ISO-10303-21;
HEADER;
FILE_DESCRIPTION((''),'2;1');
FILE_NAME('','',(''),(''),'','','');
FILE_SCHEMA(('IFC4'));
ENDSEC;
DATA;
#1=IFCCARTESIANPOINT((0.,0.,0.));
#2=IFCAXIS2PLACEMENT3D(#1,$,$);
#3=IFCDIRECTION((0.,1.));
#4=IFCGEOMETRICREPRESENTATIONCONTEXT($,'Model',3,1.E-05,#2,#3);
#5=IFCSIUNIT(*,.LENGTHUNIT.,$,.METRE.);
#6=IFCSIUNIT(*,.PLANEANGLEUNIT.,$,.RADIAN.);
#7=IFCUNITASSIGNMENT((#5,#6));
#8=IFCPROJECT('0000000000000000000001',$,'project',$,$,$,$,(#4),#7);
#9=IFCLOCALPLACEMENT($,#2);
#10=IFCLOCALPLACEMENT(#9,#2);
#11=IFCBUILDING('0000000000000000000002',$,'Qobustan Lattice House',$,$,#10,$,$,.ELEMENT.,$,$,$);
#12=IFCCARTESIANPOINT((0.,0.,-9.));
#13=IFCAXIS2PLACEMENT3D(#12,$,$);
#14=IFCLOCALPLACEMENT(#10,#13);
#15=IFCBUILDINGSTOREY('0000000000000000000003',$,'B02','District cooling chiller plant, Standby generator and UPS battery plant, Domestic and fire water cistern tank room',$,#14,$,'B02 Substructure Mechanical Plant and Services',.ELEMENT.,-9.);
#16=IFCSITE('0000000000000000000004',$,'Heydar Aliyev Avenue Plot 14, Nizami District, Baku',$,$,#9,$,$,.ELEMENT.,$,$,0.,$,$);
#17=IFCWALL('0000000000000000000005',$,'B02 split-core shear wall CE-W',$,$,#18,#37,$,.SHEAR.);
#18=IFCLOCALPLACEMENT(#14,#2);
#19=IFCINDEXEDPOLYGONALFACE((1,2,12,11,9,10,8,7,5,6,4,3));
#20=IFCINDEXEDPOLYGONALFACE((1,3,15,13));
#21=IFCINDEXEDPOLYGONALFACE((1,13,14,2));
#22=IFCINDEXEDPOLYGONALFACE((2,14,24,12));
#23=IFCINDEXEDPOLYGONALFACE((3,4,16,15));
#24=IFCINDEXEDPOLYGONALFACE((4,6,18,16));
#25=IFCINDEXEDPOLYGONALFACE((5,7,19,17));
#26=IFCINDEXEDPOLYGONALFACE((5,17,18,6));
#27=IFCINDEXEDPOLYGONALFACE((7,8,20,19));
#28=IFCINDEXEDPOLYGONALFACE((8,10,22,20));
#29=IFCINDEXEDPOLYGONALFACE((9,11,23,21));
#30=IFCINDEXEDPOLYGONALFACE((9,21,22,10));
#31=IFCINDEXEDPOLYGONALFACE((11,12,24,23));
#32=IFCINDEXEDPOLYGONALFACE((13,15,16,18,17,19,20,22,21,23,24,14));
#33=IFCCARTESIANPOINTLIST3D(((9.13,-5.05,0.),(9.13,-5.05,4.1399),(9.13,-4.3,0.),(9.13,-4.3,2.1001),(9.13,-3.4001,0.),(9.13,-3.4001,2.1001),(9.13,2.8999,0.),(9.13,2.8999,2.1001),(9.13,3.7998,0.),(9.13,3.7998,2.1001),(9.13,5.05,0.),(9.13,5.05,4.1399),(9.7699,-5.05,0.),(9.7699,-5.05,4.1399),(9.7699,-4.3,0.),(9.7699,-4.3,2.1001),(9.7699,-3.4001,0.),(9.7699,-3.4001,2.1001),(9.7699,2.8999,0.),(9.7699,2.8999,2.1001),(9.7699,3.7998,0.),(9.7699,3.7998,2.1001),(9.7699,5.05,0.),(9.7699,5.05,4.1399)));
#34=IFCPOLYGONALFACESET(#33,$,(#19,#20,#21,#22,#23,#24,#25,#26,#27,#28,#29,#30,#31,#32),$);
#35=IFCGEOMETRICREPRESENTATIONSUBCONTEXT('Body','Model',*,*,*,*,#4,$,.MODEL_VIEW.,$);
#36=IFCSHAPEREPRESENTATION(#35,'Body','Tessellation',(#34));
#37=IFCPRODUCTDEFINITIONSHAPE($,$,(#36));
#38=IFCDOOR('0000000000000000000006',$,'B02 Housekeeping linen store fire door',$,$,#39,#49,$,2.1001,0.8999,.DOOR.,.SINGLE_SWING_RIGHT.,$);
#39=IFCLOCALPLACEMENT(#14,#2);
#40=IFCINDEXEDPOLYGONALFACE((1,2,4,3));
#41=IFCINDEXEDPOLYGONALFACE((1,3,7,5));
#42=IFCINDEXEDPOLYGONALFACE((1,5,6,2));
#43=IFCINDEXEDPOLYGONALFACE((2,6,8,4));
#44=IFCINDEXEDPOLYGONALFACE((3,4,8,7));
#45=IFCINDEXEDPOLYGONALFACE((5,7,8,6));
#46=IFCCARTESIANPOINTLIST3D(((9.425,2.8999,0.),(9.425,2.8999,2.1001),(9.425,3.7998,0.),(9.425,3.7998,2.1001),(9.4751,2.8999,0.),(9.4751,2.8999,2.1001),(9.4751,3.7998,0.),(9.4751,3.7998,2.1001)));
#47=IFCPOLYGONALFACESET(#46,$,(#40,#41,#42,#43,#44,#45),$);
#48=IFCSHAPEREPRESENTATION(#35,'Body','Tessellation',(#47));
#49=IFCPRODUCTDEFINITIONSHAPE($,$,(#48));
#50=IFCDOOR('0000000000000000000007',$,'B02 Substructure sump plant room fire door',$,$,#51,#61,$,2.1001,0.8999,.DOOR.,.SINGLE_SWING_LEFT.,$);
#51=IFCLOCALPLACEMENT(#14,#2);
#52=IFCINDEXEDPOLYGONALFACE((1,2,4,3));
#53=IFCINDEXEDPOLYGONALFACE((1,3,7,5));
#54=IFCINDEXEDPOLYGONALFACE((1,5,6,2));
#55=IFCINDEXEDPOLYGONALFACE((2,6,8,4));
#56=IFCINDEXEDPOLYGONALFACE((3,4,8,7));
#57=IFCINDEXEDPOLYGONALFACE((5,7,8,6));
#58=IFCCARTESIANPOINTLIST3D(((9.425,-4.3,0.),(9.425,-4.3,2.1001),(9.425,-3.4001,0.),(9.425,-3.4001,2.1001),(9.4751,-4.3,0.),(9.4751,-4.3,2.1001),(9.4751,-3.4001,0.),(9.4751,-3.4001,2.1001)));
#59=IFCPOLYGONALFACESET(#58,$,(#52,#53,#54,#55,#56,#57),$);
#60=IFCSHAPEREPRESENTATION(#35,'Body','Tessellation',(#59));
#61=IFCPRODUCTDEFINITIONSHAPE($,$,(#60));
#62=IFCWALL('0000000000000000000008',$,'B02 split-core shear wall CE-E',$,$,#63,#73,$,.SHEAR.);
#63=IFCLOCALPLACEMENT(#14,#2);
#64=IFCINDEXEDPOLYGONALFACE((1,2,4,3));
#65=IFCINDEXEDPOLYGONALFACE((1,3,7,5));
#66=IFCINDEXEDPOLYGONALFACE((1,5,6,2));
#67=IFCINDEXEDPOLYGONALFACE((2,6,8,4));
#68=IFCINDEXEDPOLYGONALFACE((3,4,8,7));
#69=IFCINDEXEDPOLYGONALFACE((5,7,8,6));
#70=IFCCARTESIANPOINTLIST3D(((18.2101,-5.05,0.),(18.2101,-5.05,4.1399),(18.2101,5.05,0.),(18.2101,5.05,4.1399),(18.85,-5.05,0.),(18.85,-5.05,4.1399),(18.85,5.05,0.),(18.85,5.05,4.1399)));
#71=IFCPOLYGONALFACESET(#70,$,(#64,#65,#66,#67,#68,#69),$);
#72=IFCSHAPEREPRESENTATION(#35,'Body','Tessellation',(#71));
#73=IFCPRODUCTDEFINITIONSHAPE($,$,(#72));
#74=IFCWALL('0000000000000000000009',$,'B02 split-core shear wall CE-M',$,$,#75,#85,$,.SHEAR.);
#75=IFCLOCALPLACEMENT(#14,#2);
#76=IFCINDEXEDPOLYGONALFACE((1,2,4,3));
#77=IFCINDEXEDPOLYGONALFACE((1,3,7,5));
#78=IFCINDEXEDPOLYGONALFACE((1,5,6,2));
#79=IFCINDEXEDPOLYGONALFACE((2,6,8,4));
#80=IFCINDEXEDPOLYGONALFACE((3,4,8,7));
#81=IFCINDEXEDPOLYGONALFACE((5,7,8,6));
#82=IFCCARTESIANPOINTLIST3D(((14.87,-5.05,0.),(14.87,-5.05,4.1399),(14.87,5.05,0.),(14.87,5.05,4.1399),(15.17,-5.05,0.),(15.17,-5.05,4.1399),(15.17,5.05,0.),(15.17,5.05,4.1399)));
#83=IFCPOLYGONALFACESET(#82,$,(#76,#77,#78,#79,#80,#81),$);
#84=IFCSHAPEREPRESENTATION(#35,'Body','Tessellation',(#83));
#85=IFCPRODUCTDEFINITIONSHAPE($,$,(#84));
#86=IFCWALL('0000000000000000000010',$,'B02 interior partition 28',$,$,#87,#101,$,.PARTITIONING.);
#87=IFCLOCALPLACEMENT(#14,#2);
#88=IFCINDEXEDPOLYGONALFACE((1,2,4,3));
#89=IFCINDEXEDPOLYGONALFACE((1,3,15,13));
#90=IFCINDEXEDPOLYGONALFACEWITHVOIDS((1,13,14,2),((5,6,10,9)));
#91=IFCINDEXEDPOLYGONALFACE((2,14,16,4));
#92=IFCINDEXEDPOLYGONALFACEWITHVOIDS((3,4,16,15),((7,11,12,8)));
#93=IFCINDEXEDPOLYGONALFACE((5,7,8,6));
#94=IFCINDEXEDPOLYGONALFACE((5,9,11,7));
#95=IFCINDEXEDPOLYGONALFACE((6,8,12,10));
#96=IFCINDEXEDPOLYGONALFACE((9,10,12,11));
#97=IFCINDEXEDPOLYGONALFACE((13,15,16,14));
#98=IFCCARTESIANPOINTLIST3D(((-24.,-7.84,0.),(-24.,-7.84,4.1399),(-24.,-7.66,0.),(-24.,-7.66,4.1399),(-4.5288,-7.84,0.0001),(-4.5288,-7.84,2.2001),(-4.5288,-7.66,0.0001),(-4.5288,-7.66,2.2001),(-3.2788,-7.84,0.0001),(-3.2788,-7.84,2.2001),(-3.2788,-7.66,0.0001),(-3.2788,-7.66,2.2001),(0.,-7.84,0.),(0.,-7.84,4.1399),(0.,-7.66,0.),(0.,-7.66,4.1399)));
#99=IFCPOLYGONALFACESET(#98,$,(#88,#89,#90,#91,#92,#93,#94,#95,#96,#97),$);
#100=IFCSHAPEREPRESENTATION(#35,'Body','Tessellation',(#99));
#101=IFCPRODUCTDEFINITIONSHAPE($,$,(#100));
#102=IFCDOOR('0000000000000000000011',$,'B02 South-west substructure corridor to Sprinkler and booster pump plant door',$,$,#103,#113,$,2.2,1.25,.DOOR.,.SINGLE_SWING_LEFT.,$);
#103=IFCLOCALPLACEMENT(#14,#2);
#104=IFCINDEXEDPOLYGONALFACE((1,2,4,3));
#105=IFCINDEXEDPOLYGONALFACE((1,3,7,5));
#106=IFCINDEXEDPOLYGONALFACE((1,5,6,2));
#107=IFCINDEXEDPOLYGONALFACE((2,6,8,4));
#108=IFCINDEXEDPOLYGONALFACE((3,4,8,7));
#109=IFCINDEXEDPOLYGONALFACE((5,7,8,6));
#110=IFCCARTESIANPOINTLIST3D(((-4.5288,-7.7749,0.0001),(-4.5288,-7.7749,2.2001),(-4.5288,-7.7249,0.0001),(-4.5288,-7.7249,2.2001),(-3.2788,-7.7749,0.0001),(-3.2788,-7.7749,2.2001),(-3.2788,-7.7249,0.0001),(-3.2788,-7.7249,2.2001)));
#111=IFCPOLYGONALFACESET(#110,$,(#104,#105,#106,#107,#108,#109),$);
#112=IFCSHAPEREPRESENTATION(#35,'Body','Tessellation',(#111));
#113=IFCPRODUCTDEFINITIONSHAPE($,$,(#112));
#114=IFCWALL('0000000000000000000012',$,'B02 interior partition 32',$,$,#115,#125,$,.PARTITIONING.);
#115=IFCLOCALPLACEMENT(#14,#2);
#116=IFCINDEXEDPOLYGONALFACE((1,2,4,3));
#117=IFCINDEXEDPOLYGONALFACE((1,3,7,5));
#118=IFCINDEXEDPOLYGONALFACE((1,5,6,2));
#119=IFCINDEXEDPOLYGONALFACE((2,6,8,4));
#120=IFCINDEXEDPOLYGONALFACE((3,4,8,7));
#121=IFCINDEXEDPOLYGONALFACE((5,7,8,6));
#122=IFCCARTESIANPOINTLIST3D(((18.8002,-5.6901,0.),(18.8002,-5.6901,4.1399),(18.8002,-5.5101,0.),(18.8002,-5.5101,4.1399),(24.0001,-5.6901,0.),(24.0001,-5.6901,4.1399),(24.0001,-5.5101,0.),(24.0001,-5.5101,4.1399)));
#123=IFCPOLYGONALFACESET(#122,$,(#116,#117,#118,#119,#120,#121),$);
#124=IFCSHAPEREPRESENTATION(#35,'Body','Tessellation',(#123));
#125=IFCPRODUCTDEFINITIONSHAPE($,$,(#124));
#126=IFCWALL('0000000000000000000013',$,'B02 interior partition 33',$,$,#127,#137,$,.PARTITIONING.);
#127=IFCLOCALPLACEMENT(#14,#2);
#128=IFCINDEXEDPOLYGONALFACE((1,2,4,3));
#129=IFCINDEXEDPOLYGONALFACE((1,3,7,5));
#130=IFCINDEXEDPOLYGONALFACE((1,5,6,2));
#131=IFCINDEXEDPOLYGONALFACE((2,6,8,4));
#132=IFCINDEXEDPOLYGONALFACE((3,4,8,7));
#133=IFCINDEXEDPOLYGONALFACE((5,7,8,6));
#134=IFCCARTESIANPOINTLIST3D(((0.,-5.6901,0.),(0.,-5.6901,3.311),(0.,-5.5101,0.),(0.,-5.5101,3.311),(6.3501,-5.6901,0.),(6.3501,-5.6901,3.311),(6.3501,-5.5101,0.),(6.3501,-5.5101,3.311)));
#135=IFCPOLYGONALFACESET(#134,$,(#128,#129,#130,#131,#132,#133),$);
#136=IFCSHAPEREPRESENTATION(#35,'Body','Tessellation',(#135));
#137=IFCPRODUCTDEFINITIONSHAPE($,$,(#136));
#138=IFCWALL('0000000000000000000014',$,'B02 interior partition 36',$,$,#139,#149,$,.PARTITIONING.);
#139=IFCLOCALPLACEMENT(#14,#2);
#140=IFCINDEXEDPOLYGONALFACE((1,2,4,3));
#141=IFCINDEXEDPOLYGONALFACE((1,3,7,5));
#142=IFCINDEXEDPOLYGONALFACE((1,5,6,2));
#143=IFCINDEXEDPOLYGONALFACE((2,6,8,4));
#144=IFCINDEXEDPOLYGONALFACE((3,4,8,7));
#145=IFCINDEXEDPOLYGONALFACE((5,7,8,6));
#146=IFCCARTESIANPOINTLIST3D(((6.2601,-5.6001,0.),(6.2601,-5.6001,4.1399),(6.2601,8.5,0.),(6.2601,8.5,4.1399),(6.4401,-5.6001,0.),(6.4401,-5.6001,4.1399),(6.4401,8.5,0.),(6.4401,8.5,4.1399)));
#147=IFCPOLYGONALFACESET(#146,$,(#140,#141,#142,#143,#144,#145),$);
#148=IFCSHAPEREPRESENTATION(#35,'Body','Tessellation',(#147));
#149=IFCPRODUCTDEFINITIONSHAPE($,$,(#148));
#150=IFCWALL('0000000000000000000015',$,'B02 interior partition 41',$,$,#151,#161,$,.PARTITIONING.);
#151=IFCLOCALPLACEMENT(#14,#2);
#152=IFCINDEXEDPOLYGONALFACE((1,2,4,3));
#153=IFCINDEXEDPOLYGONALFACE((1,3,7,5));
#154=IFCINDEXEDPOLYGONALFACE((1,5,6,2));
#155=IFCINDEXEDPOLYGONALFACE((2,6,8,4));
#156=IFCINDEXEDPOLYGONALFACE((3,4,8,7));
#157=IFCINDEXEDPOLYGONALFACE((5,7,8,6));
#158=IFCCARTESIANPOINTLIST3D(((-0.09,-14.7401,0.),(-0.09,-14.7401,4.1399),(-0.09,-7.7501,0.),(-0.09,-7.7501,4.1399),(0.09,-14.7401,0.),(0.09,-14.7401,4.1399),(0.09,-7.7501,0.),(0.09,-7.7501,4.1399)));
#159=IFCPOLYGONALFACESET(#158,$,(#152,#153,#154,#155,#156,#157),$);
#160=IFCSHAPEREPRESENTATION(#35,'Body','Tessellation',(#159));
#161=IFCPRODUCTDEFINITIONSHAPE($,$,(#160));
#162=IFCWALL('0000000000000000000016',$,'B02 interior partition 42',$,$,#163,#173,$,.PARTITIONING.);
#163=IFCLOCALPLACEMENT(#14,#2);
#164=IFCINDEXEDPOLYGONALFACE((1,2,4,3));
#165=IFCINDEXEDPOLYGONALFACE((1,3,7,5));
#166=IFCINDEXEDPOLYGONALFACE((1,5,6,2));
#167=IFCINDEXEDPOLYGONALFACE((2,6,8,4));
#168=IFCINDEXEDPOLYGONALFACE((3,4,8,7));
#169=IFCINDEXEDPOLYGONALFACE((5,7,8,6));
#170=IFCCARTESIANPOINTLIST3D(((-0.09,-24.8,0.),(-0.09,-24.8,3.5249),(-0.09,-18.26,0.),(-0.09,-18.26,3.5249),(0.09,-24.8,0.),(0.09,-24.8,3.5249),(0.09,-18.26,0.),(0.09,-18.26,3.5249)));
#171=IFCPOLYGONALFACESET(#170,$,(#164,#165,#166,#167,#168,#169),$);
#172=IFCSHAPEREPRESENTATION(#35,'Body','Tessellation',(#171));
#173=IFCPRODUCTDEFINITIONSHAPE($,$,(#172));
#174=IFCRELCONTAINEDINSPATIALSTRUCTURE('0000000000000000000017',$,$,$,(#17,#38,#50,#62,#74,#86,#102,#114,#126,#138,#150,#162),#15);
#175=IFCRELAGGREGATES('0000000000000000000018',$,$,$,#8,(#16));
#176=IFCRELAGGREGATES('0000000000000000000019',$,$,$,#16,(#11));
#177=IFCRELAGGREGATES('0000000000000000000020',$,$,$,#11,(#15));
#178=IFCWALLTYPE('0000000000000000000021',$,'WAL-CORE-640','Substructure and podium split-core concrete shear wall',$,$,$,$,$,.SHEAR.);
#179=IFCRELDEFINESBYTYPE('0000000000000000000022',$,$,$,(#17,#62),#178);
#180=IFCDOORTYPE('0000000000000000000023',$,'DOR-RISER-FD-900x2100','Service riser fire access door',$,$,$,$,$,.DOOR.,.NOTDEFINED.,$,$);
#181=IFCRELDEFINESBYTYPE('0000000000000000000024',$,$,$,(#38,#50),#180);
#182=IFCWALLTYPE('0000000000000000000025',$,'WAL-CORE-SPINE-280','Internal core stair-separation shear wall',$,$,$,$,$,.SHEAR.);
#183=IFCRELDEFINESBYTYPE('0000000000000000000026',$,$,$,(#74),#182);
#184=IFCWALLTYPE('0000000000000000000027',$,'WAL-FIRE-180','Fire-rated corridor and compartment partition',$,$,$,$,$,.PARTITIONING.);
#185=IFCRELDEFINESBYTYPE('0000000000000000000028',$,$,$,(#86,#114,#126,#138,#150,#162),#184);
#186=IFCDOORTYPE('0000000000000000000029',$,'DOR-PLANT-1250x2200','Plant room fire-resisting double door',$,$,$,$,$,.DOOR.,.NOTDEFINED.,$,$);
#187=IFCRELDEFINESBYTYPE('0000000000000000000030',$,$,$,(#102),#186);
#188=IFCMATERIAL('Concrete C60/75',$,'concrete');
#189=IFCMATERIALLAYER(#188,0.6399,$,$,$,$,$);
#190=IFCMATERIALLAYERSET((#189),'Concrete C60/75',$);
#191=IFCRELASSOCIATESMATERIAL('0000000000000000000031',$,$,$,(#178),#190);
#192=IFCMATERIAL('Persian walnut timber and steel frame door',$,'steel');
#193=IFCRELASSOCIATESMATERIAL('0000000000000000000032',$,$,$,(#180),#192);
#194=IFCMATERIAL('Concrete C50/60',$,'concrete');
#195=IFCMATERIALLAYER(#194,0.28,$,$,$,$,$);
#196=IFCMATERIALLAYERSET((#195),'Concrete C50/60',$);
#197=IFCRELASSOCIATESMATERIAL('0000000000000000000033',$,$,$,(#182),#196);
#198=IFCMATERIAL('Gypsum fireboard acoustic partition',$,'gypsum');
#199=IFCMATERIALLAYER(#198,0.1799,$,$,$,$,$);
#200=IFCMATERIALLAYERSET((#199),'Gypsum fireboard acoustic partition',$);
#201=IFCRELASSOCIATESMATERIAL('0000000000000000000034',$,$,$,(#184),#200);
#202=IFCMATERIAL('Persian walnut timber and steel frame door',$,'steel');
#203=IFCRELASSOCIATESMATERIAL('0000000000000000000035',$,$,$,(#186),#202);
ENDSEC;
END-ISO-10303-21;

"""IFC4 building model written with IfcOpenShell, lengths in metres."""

from ifc_helpers import new_model, si_unit, direction, frame, frame_2d, origin, place, context, subcontext, project, spatial, rectangle, extrude, material, layer, layer_set, type_object, element, fill, save


model = new_model("IFC4")

# Units and contexts
model_context = context("Model", 3, precision=1e-05, world=origin(), true_north=direction((0.0, 1.0)))
body_context = subcontext(model_context, "Body", "Model", "MODEL_VIEW")
ifc_project = project(units=[si_unit("LENGTHUNIT", "METRE"), si_unit("PLANEANGLEUNIT", "RADIAN")], contexts=[model_context])

# Site, building, storey
site_placement = place(None, origin())
site = spatial("IfcSite", under=ifc_project, at=site_placement, Name="Heydar Aliyev Avenue Plot 14, Nizami District, Baku", CompositionType="ELEMENT", RefElevation=0.0)
building_placement = place(site_placement, origin())
building = spatial("IfcBuilding", under=site, at=building_placement, Name="Qobustan Lattice House", CompositionType="ELEMENT")
storey_placement = place(building_placement, frame((0.0, 0.0, -9.0)))
storey = spatial("IfcBuildingStorey", under=building, at=storey_placement, Name="B02", Description="District cooling chiller plant, Standby generator and UPS battery plant, Domestic and fire water cistern tank room", LongName="B02 Substructure Mechanical Plant and Services", CompositionType="ELEMENT", Elevation=-9.0)

# Shared definitions
ifc_material_1 = material(Name="Concrete C60/75", Category="concrete")
ifc_layer_1 = layer(ifc_material_1, 0.6399)
ifc_layer_set_1 = layer_set([ifc_layer_1], Name="Concrete C60/75")
wall_type_1 = type_object("IfcWallType", Name="WAL-CORE-640", Description="Substructure and podium split-core concrete shear wall", PredefinedType="SHEAR", material=ifc_layer_set_1)
ifc_material_2 = material(Name="Persian walnut timber and steel frame door", Category="steel")
door_type_1 = type_object("IfcDoorType", Name="DOR-RISER-FD-900x2100", Description="Service riser fire access door", OperationType="NOTDEFINED", PredefinedType="DOOR", material=ifc_material_2)

# Wall, openings, doors
wall_1_placement = place(storey_placement, frame((9.45, -5.05, 0.0), z_axis=(0.0, 0.0, 1.0), x_axis=(0.0, 1.0, 0.0)))
wall_1 = element("IfcWall", 1, at=wall_1_placement, inside=storey, type_object=wall_type_1, Name="B02 split-core shear wall CE-W", PredefinedType="SHEAR", context=body_context, shape_type="SweptSolid", body=[
    extrude(rectangle(XDim=10.1001, YDim=0.6399, at=frame_2d((5.05, 0.0))), origin(), (0.0, 0.0, 1.0), 4.1399),
])
opening_1_placement = place(wall_1_placement, frame((7.95, 0.0, 0.0)))
opening_1 = element("IfcOpeningElement", 2, at=opening_1_placement, cuts=wall_1, PredefinedType="OPENING", context=body_context, shape_type="SweptSolid", body=[
    extrude(rectangle(XDim=0.8999, YDim=2.1001, at=frame_2d((0.45, 1.05))), frame((0.0, 0.3298, 0.0), z_axis=(0.0, -1.0, 0.0), x_axis=(1.0, 0.0, 0.0)), (0.0, 0.0, 1.0), 0.6599),
])
opening_2_placement = place(wall_1_placement, frame((0.75, 0.0, 0.0)))
opening_2 = element("IfcOpeningElement", 3, at=opening_2_placement, cuts=wall_1, PredefinedType="OPENING", context=body_context, shape_type="SweptSolid", body=[
    extrude(rectangle(XDim=0.8999, YDim=2.1001, at=frame_2d((0.45, 1.05))), frame((0.0, 0.3298, 0.0), z_axis=(0.0, -1.0, 0.0), x_axis=(1.0, 0.0, 0.0)), (0.0, 0.0, 1.0), 0.6599),
])
door_1_placement = place(opening_1_placement, origin())
door_1 = element("IfcDoor", 4, at=door_1_placement, inside=storey, type_object=door_type_1, Name="B02 Housekeeping linen store fire door", OperationType="SINGLE_SWING_RIGHT", OverallHeight=2.1001, OverallWidth=0.8999, PredefinedType="DOOR", context=body_context, shape_type="SweptSolid", body=[
    extrude(rectangle(XDim=0.8999, YDim=2.1001, at=frame_2d((0.45, 1.05))), frame((0.0, 0.0249, 0.0), z_axis=(0.0, -1.0, 0.0), x_axis=(1.0, 0.0, 0.0)), (0.0, 0.0, 1.0), 0.05),
])
fill(opening_1, door_1)
door_2_placement = place(opening_2_placement, origin())
door_2 = element("IfcDoor", 5, at=door_2_placement, inside=storey, type_object=door_type_1, Name="B02 Substructure sump plant room fire door", OperationType="SINGLE_SWING_LEFT", OverallHeight=2.1001, OverallWidth=0.8999, PredefinedType="DOOR", context=body_context, shape_type="SweptSolid", body=[
    extrude(rectangle(XDim=0.8999, YDim=2.1001, at=frame_2d((0.45, 1.05))), frame((0.0, 0.0249, 0.0), z_axis=(0.0, -1.0, 0.0), x_axis=(1.0, 0.0, 0.0)), (0.0, 0.0, 1.0), 0.05),
])
fill(opening_2, door_2)

# Walls
wall_2_placement = place(storey_placement, frame((18.53, -5.05, 0.0), z_axis=(0.0, 0.0, 1.0), x_axis=(0.0, 1.0, 0.0)))
element("IfcWall", 6, at=wall_2_placement, inside=storey, type_object=wall_type_1, Name="B02 split-core shear wall CE-E", PredefinedType="SHEAR", context=body_context, shape_type="SweptSolid", body=[
    extrude(rectangle(XDim=10.1001, YDim=0.6399, at=frame_2d((5.05, 0.0))), origin(), (0.0, 0.0, 1.0), 4.1399),
])
ifc_material_3 = material(Name="Concrete C50/60", Category="concrete")
ifc_layer_2 = layer(ifc_material_3, 0.28)
ifc_layer_set_2 = layer_set([ifc_layer_2], Name="Concrete C50/60")
wall_type_2 = type_object("IfcWallType", Name="WAL-CORE-SPINE-280", Description="Internal core stair-separation shear wall", PredefinedType="SHEAR", material=ifc_layer_set_2)
wall_3_placement = place(storey_placement, frame((15.02, -5.05, 0.0), z_axis=(0.0, 0.0, 1.0), x_axis=(0.0, 1.0, 0.0)))
element("IfcWall", 7, at=wall_3_placement, inside=storey, type_object=wall_type_2, Name="B02 split-core shear wall CE-M", PredefinedType="SHEAR", context=body_context, shape_type="SweptSolid", body=[
    extrude(rectangle(XDim=10.1001, YDim=0.3, at=frame_2d((5.05, 0.0))), origin(), (0.0, 0.0, 1.0), 4.1399),
])

# Wall, opening, door
ifc_material_4 = material(Name="Gypsum fireboard acoustic partition", Category="gypsum")
ifc_layer_3 = layer(ifc_material_4, 0.1799)
ifc_layer_set_3 = layer_set([ifc_layer_3], Name="Gypsum fireboard acoustic partition")
wall_type_3 = type_object("IfcWallType", Name="WAL-FIRE-180", Description="Fire-rated corridor and compartment partition", PredefinedType="PARTITIONING", material=ifc_layer_set_3)
wall_4_placement = place(storey_placement, frame((0.0, -7.75, 0.0), z_axis=(0.0, 0.0, 1.0), x_axis=(-1.0, 0.0, 0.0)))
wall_4 = element("IfcWall", 8, at=wall_4_placement, inside=storey, type_object=wall_type_3, Name="B02 interior partition 28", PredefinedType="PARTITIONING", context=body_context, shape_type="SweptSolid", body=[
    extrude(rectangle(XDim=24.0, YDim=0.1799, at=frame_2d((12.0, 0.0))), origin(), (0.0, 0.0, 1.0), 4.1399),
])
opening_3_placement = place(wall_4_placement, frame((3.2788, 0.0, 0.0)))
opening_3 = element("IfcOpeningElement", 9, at=opening_3_placement, cuts=wall_4, PredefinedType="OPENING", context=body_context, shape_type="SweptSolid", body=[
    extrude(rectangle(XDim=1.25, YDim=2.2, at=frame_2d((0.625, 1.1001))), frame((0.0, 0.0999, 0.0), z_axis=(0.0, -1.0, 0.0), x_axis=(1.0, 0.0, 0.0)), (0.0, 0.0, 1.0), 0.2),
])
ifc_material_5 = material(Name="Persian walnut timber and steel frame door", Category="steel")
door_type_2 = type_object("IfcDoorType", Name="DOR-PLANT-1250x2200", Description="Plant room fire-resisting double door", OperationType="NOTDEFINED", PredefinedType="DOOR", material=ifc_material_5)
door_3_placement = place(opening_3_placement, origin())
door_3 = element("IfcDoor", 10, at=door_3_placement, inside=storey, type_object=door_type_2, Name="B02 South-west substructure corridor to Sprinkler and booster pump plant door", OperationType="SINGLE_SWING_LEFT", OverallHeight=2.2, OverallWidth=1.25, PredefinedType="DOOR", context=body_context, shape_type="SweptSolid", body=[
    extrude(rectangle(XDim=1.25, YDim=2.2, at=frame_2d((0.625, 1.1001))), frame((0.0, 0.0249, 0.0), z_axis=(0.0, -1.0, 0.0), x_axis=(1.0, 0.0, 0.0)), (0.0, 0.0, 1.0), 0.05),
])
fill(opening_3, door_3)

# Walls
wall_5_placement = place(storey_placement, frame((18.8, -5.6001, 0.0), z_axis=(0.0, 0.0, 1.0), x_axis=(1.0, 0.0, 0.0)))
element("IfcWall", 11, at=wall_5_placement, inside=storey, type_object=wall_type_3, Name="B02 interior partition 32", PredefinedType="PARTITIONING", context=body_context, shape_type="SweptSolid", body=[
    extrude(rectangle(XDim=5.2, YDim=0.1799, at=frame_2d((2.6001, 0.0))), origin(), (0.0, 0.0, 1.0), 4.1399),
])
wall_6_placement = place(storey_placement, frame((0.0, -5.6001, 0.0), z_axis=(0.0, 0.0, 1.0), x_axis=(1.0, 0.0, 0.0)))
element("IfcWall", 12, at=wall_6_placement, inside=storey, type_object=wall_type_3, Name="B02 interior partition 33", PredefinedType="PARTITIONING", context=body_context, shape_type="SweptSolid", body=[
    extrude(rectangle(XDim=6.3501, YDim=0.1799, at=frame_2d((3.175, 0.0))), origin(), (0.0, 0.0, 1.0), 3.311),
])
wall_7_placement = place(storey_placement, frame((6.3501, -5.6001, 0.0), z_axis=(0.0, 0.0, 1.0), x_axis=(0.0, 1.0, 0.0)))
element("IfcWall", 13, at=wall_7_placement, inside=storey, type_object=wall_type_3, Name="B02 interior partition 36", PredefinedType="PARTITIONING", context=body_context, shape_type="SweptSolid", body=[
    extrude(rectangle(XDim=14.1001, YDim=0.1799, at=frame_2d((7.05, 0.0))), origin(), (0.0, 0.0, 1.0), 4.1399),
])
wall_8_placement = place(storey_placement, frame((0.0, -7.75, 0.0), z_axis=(0.0, 0.0, 1.0), x_axis=(0.0, -1.0, 0.0)))
element("IfcWall", 14, at=wall_8_placement, inside=storey, type_object=wall_type_3, Name="B02 interior partition 41", PredefinedType="PARTITIONING", context=body_context, shape_type="SweptSolid", body=[
    extrude(rectangle(XDim=6.99, YDim=0.1799, at=frame_2d((3.4951, 0.0))), origin(), (0.0, 0.0, 1.0), 4.1399),
])
wall_9_placement = place(storey_placement, frame((0.0, -18.26, 0.0), z_axis=(0.0, 0.0, 1.0), x_axis=(0.0, -1.0, 0.0)))
element("IfcWall", 15, at=wall_9_placement, inside=storey, type_object=wall_type_3, Name="B02 interior partition 42", PredefinedType="PARTITIONING", context=body_context, shape_type="SweptSolid", body=[
    extrude(rectangle(XDim=6.54, YDim=0.1799, at=frame_2d((3.27, 0.0))), origin(), (0.0, 0.0, 1.0), 3.5249),
])

save(model, "model.ifc")
